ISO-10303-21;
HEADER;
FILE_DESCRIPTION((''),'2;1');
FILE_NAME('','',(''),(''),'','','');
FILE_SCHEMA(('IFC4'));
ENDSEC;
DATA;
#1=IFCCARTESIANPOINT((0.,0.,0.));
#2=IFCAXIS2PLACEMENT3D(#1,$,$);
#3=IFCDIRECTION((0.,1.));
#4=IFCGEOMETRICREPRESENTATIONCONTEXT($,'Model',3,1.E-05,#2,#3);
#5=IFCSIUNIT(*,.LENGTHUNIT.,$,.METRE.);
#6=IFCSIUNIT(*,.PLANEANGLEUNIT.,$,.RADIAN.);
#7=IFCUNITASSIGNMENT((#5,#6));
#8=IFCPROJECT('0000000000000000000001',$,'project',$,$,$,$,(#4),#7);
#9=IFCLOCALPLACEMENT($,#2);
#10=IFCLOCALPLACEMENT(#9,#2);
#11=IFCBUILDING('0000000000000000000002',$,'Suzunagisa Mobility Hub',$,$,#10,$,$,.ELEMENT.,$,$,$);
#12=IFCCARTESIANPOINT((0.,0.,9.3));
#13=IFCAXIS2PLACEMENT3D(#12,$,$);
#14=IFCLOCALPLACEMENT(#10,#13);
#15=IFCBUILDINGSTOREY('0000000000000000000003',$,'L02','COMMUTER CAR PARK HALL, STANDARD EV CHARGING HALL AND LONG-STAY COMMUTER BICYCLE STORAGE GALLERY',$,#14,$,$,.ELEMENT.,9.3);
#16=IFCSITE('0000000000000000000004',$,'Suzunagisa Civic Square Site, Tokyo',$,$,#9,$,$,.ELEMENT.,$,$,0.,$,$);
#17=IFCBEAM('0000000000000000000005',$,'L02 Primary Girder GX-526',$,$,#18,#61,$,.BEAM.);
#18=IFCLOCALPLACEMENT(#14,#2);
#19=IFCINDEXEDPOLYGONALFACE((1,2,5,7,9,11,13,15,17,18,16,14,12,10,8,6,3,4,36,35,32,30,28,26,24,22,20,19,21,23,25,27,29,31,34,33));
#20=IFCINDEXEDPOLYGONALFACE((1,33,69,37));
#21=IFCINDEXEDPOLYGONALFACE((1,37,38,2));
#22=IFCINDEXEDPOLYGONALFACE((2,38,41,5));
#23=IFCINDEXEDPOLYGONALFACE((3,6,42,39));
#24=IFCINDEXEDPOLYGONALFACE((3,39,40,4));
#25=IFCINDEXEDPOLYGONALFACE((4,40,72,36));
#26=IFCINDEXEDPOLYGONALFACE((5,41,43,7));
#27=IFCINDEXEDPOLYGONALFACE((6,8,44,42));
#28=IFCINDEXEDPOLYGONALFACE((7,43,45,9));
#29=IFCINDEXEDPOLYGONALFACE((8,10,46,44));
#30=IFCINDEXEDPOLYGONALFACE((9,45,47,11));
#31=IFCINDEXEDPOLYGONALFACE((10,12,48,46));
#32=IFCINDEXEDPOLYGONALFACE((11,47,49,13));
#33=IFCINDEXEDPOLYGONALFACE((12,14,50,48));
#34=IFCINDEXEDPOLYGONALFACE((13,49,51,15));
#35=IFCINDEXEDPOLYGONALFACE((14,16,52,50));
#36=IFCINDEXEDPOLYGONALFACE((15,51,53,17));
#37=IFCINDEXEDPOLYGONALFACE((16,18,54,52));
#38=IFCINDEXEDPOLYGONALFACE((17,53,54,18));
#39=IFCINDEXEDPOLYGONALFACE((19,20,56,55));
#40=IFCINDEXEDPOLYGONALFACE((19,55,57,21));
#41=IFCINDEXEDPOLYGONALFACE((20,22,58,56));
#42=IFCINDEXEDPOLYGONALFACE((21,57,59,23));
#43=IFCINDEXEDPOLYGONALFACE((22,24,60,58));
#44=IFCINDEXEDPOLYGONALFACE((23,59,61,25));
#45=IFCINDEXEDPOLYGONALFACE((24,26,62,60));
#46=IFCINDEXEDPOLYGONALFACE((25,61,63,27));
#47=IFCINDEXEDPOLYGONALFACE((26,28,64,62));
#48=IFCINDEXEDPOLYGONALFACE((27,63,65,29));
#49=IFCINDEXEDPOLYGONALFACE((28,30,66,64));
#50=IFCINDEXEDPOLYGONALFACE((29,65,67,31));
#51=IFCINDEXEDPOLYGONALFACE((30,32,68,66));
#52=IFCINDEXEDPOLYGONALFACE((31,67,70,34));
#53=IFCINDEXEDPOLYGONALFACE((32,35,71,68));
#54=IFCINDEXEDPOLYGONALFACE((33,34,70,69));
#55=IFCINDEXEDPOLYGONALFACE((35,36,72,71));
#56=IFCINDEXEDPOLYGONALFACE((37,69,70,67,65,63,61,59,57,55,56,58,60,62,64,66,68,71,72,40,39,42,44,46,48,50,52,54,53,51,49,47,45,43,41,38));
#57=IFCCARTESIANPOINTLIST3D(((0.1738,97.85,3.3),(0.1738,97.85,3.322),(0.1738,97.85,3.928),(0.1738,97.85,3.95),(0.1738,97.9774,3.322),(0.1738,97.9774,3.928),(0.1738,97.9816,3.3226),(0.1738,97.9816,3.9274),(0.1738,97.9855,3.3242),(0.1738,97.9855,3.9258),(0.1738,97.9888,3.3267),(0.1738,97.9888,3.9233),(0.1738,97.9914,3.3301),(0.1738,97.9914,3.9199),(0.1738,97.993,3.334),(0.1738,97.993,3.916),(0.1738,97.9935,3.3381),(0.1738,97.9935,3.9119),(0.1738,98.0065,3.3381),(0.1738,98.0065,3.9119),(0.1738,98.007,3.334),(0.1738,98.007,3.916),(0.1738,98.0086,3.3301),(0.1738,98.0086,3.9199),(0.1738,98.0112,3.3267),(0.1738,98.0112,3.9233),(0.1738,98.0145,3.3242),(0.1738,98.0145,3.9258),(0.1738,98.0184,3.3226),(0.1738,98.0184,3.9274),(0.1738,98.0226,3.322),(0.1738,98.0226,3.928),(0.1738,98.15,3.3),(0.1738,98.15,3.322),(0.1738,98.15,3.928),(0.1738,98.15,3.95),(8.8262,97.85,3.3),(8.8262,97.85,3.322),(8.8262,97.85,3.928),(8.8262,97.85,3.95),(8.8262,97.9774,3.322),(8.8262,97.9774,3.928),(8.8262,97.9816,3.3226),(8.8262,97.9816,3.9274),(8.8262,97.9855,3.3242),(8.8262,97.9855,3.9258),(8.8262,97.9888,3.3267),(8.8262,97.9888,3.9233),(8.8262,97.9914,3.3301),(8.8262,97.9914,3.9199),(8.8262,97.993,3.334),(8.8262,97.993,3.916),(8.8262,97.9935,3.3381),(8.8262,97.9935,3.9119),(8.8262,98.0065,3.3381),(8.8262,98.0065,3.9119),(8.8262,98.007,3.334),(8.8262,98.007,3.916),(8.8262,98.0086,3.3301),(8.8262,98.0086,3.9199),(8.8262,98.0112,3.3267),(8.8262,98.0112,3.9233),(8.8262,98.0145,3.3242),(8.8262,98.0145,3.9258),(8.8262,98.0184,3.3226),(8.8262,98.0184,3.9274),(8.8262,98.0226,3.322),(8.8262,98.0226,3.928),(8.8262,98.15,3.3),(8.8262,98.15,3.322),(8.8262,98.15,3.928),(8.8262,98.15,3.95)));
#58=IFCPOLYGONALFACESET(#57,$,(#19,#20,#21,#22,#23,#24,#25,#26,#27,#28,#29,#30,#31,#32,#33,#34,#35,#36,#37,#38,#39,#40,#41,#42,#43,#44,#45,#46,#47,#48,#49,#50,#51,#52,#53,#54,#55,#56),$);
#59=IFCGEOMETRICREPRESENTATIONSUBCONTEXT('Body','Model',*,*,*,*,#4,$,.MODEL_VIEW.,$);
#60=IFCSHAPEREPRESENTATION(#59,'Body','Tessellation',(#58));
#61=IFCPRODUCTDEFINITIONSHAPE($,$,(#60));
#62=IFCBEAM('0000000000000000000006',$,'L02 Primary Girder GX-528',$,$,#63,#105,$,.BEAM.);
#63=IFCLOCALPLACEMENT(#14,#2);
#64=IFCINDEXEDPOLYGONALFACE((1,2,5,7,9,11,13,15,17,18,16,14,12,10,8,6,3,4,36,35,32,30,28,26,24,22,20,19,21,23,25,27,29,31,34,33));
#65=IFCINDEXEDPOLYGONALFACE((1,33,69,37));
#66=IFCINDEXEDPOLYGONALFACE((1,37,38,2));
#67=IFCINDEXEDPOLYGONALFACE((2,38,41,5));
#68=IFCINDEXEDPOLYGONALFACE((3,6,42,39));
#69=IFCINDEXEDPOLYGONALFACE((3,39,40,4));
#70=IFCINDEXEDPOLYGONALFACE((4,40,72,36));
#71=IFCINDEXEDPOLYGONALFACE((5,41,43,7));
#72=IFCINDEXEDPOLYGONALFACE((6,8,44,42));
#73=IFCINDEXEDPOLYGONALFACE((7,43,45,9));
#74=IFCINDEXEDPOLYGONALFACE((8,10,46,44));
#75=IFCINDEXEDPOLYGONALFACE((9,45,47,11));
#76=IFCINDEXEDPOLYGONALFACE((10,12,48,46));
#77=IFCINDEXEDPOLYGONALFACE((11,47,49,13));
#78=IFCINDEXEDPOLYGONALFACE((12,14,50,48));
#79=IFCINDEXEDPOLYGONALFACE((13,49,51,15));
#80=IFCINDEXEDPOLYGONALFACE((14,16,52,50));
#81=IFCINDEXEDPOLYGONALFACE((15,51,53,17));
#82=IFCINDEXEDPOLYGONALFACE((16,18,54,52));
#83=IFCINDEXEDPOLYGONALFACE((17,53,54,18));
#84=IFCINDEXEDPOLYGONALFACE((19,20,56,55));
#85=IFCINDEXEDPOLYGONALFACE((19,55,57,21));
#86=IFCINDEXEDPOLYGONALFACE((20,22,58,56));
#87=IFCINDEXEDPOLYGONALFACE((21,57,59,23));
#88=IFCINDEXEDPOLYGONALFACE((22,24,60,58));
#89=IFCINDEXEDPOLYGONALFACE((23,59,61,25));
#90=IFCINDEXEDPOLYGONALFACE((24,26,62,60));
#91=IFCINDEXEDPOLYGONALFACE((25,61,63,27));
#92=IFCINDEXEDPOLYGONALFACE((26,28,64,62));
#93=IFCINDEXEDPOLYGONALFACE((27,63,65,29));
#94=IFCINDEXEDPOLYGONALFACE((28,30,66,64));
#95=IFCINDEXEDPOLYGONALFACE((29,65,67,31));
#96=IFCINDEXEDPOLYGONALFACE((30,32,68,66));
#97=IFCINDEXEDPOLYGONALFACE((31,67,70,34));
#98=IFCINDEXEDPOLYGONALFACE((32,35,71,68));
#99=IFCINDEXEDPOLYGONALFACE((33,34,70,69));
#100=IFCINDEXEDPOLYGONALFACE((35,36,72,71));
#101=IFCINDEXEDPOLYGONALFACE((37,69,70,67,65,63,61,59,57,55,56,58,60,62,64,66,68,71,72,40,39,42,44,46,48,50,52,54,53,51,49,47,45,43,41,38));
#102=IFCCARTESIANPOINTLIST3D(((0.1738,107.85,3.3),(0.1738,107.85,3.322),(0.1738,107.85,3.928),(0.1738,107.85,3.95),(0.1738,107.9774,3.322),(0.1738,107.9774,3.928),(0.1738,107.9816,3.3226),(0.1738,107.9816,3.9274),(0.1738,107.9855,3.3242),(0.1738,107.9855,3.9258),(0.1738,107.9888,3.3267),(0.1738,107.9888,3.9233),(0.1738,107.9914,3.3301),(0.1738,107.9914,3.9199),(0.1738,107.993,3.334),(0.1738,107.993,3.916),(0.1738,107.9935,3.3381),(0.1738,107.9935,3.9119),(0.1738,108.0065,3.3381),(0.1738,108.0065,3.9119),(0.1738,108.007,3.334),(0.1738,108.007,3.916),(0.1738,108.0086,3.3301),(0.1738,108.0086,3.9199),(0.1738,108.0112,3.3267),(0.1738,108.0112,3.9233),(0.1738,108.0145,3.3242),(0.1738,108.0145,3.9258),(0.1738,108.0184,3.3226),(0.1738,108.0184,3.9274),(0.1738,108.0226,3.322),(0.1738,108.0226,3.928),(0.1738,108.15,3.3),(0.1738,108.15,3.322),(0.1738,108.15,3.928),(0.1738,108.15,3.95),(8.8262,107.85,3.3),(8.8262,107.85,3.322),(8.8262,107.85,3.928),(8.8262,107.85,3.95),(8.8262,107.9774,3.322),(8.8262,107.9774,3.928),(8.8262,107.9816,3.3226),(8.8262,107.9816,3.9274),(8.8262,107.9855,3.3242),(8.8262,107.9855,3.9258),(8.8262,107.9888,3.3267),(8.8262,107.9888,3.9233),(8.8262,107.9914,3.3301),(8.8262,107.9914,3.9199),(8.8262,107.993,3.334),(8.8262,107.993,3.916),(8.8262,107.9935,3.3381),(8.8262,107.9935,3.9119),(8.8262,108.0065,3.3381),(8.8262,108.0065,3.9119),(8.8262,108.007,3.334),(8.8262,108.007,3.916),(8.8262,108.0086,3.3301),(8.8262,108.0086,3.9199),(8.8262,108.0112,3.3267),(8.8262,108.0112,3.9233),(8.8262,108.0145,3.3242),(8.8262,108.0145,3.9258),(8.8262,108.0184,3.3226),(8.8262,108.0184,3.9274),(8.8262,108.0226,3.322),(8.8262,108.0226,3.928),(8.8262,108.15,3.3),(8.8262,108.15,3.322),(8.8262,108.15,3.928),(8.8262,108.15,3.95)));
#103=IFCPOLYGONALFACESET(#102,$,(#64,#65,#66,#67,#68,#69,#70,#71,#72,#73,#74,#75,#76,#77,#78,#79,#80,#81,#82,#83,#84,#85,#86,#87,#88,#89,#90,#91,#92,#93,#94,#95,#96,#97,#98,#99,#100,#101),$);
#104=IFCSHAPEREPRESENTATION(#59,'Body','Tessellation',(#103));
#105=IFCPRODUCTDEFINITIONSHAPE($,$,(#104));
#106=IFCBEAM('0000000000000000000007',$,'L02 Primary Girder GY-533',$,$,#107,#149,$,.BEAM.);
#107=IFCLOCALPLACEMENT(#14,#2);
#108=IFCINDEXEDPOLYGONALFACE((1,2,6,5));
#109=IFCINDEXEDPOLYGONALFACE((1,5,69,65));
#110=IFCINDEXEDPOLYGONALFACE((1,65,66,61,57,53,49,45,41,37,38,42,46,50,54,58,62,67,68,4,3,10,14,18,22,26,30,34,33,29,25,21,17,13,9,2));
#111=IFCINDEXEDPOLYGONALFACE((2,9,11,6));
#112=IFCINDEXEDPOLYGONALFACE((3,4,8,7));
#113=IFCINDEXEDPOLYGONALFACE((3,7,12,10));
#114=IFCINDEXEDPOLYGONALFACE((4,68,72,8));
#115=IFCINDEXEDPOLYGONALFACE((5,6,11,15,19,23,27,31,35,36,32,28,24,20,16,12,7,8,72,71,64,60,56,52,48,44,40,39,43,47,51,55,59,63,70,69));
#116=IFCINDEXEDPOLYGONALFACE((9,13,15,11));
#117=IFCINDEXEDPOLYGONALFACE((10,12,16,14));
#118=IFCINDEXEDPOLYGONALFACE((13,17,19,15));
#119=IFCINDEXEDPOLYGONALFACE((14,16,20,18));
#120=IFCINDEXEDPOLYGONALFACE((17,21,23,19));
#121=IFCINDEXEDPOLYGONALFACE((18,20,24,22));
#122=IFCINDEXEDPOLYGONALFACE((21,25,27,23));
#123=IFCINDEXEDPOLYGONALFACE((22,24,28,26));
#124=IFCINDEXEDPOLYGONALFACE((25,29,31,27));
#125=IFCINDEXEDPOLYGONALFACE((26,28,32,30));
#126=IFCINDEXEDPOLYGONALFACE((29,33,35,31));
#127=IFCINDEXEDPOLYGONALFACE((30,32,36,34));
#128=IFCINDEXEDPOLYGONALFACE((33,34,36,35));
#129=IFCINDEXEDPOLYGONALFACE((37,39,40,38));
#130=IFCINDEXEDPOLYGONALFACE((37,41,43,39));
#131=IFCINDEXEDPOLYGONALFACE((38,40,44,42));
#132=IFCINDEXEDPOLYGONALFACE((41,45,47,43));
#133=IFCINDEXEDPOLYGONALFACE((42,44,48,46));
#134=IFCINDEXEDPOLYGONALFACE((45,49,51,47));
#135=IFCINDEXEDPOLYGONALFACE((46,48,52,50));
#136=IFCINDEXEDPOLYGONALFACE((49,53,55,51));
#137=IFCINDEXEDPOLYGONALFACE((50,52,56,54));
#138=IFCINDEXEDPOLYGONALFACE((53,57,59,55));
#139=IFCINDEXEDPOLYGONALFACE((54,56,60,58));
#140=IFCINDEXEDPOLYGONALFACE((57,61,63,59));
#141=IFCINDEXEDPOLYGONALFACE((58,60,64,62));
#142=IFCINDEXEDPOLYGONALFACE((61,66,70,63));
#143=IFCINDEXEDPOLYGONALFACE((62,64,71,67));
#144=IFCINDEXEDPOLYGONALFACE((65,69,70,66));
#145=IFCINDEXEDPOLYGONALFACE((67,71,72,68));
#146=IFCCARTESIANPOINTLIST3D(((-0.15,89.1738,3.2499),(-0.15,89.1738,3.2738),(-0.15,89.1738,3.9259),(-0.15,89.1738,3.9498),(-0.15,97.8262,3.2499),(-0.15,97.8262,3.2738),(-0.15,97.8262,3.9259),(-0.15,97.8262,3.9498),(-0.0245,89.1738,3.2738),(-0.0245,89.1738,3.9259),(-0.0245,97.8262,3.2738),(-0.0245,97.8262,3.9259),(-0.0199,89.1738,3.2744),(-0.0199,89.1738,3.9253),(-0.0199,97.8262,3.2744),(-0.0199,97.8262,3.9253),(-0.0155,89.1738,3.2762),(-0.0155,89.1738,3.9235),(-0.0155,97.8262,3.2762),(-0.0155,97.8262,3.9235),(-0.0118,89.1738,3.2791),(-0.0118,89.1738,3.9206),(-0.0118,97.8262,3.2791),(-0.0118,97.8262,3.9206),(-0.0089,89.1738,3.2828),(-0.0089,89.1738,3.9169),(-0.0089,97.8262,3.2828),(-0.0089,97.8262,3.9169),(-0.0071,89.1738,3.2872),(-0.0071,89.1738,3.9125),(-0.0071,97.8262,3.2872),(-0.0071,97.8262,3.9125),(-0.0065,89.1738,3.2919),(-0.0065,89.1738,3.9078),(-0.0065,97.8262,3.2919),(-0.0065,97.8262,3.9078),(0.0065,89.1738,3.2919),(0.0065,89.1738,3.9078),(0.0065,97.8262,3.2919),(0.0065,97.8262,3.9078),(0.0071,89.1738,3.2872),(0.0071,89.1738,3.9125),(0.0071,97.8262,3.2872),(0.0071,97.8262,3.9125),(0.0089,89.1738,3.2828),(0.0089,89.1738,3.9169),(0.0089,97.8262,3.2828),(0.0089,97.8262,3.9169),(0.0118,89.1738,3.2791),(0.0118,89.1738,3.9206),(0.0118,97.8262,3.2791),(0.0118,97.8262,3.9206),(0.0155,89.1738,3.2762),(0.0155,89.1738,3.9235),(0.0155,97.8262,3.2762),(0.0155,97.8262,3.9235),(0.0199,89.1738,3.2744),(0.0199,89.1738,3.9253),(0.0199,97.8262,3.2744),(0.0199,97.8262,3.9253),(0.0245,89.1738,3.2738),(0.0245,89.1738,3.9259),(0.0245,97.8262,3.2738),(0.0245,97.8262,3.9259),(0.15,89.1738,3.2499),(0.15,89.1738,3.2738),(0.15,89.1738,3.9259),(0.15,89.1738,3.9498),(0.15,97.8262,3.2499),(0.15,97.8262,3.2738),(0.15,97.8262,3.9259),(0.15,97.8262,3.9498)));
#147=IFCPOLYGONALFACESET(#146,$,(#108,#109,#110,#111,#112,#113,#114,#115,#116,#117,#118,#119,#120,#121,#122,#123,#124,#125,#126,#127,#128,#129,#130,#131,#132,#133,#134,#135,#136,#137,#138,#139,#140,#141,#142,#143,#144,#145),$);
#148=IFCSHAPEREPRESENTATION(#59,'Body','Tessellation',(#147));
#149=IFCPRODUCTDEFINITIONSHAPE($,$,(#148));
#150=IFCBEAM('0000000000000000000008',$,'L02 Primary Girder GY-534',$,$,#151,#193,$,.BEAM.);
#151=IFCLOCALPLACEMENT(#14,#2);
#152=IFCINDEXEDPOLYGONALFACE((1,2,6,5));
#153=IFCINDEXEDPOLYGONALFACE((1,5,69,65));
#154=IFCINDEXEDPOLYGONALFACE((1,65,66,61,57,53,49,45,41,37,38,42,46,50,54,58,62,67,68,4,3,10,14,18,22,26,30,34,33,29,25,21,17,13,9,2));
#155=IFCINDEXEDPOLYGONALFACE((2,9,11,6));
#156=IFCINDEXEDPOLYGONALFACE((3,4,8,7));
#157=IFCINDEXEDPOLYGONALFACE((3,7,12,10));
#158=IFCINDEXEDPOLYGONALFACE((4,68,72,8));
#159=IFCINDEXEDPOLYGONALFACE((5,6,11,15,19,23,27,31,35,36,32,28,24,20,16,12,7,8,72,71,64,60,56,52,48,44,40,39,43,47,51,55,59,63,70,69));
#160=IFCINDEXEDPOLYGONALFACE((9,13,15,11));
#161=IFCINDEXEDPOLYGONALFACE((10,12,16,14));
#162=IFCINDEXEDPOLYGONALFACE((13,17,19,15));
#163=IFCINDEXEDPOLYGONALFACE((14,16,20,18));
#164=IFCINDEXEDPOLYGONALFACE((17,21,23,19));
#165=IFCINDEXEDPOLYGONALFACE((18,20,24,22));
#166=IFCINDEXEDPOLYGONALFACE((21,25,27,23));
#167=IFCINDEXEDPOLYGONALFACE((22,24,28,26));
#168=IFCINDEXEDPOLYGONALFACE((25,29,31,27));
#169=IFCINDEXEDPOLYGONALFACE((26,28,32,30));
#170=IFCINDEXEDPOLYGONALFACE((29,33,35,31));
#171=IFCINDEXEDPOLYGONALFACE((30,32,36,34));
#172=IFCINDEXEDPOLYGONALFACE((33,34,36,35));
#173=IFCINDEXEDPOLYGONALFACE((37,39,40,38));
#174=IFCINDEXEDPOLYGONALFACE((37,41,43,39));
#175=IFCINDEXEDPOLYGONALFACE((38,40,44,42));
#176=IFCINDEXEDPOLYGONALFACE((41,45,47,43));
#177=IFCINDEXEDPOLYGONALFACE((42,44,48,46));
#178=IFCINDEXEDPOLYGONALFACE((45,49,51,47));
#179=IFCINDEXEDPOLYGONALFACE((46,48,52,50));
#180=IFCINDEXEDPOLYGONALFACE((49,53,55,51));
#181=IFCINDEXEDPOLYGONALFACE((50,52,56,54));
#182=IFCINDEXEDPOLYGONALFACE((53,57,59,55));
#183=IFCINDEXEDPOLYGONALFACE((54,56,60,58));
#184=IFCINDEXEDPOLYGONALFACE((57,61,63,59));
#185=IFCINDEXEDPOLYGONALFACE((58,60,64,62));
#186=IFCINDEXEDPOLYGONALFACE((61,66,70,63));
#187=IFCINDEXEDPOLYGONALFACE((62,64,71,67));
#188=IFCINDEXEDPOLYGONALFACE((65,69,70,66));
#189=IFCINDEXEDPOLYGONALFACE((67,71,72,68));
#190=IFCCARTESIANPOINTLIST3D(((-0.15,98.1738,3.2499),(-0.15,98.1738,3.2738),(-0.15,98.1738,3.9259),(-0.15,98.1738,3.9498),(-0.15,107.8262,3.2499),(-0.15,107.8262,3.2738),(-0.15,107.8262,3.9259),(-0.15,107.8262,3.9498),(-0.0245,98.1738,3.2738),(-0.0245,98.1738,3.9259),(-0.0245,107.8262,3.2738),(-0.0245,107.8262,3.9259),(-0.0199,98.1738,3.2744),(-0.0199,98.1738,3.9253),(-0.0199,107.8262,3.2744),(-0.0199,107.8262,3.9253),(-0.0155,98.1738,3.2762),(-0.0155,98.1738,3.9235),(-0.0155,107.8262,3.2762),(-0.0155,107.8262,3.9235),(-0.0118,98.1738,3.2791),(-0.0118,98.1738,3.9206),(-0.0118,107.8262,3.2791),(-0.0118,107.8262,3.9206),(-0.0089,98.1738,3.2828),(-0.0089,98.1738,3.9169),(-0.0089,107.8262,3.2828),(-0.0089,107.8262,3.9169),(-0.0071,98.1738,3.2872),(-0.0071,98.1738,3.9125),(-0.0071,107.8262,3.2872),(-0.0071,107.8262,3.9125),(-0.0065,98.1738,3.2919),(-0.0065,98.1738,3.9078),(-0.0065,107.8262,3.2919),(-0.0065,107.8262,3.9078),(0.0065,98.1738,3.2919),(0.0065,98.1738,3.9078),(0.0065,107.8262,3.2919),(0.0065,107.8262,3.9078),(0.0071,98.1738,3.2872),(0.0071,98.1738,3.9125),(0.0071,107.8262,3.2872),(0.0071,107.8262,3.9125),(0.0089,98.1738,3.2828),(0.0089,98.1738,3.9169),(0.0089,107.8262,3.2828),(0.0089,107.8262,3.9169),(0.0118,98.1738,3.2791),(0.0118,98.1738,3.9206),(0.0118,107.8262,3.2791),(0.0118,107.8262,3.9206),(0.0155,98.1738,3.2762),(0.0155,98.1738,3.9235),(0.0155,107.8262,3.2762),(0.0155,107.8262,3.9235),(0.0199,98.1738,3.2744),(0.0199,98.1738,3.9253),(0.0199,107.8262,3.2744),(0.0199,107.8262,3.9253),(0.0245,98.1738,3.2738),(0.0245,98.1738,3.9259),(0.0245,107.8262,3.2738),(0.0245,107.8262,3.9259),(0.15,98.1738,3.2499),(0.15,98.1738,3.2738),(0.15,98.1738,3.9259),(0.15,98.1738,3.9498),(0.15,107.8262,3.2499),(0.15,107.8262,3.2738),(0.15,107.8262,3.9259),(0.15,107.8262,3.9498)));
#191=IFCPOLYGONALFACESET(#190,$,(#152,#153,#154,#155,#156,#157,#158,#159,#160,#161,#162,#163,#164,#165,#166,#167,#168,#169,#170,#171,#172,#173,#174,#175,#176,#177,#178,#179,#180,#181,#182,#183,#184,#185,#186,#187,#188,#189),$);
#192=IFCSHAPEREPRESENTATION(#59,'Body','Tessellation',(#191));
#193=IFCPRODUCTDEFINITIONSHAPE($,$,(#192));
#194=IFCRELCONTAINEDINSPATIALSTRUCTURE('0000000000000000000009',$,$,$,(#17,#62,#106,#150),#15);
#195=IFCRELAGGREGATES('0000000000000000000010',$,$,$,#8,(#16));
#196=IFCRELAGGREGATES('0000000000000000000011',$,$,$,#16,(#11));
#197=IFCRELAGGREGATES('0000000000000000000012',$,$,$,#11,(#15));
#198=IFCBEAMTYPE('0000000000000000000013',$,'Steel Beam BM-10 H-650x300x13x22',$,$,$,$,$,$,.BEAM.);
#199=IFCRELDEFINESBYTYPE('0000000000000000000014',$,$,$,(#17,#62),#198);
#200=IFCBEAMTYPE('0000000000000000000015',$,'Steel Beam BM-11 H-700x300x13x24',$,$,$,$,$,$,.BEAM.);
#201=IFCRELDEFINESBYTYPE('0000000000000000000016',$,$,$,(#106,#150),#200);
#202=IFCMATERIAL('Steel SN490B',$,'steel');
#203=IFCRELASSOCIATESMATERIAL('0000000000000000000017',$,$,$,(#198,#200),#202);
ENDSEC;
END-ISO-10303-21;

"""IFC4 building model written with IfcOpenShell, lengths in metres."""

from ifc_helpers import new_model, si_unit, direction, frame, origin, origin_2d, place, context, subcontext, project, spatial, i_section, extrude, material, material_profile, profile_set, type_object, element, save


model = new_model("IFC4")

# Units and contexts
model_context = context("Model", 3, precision=1e-05, world=origin(), true_north=direction((0.0, 1.0)))
body_context = subcontext(model_context, "Body", "Model", "MODEL_VIEW")
ifc_project = project(units=[si_unit("LENGTHUNIT", "METRE"), si_unit("PLANEANGLEUNIT", "RADIAN")], contexts=[model_context])

# Site, building, storey
site_placement = place(None, origin())
site = spatial("IfcSite", under=ifc_project, at=site_placement, Name="Suzunagisa Civic Square Site, Tokyo", CompositionType="ELEMENT", RefElevation=0.0)
building_placement = place(site_placement, origin())
building = spatial("IfcBuilding", under=site, at=building_placement, Name="Suzunagisa Mobility Hub", CompositionType="ELEMENT")
storey_placement = place(building_placement, frame((0.0, 0.0, 9.3)))
storey = spatial("IfcBuildingStorey", under=building, at=storey_placement, Name="L02", Description="COMMUTER CAR PARK HALL, STANDARD EV CHARGING HALL AND LONG-STAY COMMUTER BICYCLE STORAGE GALLERY", CompositionType="ELEMENT", Elevation=9.3)

# Shared definitions
ifc_material_1 = material(Name="Steel SN490B", Category="steel")

# Beams
ifc_material_profile_1 = material_profile(ifc_material_1, i_section(OverallWidth=0.3, OverallDepth=0.6499, WebThickness=0.0129, FlangeThickness=0.022, FilletRadius=0.0161, at=origin_2d()), Name="H-650x300x13x22")
ifc_profile_set_1 = profile_set([ifc_material_profile_1], Name="Steel SN490B")
beam_type_1 = type_object("IfcBeamType", Name="Steel Beam BM-10 H-650x300x13x22", PredefinedType="BEAM", material=ifc_profile_set_1)
for number, where, z_axis, x_axis, name in (
    (1, (0.1738, 98.0, 3.625), (1.0, 0.0, 0.0), (0.0, 1.0, 0.0), "L02 Primary Girder GX-526"),
    (2, (0.1738, 108.0, 3.625), (1.0, 0.0, 0.0), (0.0, 1.0, 0.0), "L02 Primary Girder GX-528"),
):
    element("IfcBeam", number, at=place(storey_placement, frame(where, z_axis=z_axis, x_axis=x_axis)), inside=storey, type_object=beam_type_1, Name=name, PredefinedType="BEAM", context=body_context, shape_type="SweptSolid", body=[
        extrude(i_section(OverallWidth=0.3, OverallDepth=0.6499, WebThickness=0.0129, FlangeThickness=0.022, FilletRadius=0.0161, at=origin_2d()), origin(), (0.0, 0.0, 1.0), 8.6523),
    ])
ifc_material_profile_2 = material_profile(ifc_material_1, i_section(OverallWidth=0.3, OverallDepth=0.7, WebThickness=0.0129, FlangeThickness=0.0239, FilletRadius=0.0181, at=origin_2d()), Name="H-700x300x13x24")
ifc_profile_set_2 = profile_set([ifc_material_profile_2], Name="Steel SN490B")
beam_type_2 = type_object("IfcBeamType", Name="Steel Beam BM-11 H-700x300x13x24", PredefinedType="BEAM", material=ifc_profile_set_2)
beam_1_placement = place(storey_placement, frame((0.0, 89.1738, 3.5999), z_axis=(0.0, 1.0, 0.0), x_axis=(-1.0, 0.0, 0.0)))
element("IfcBeam", 3, at=beam_1_placement, inside=storey, type_object=beam_type_2, Name="L02 Primary Girder GY-533", PredefinedType="BEAM", context=body_context, shape_type="SweptSolid", body=[
    extrude(i_section(OverallWidth=0.3, OverallDepth=0.7, WebThickness=0.0129, FlangeThickness=0.0239, FilletRadius=0.0181, at=origin_2d()), origin(), (0.0, 0.0, 1.0), 8.6523),
])
beam_2_placement = place(storey_placement, frame((0.0, 98.1738, 3.5999), z_axis=(0.0, 1.0, 0.0), x_axis=(-1.0, 0.0, 0.0)))
element("IfcBeam", 4, at=beam_2_placement, inside=storey, type_object=beam_type_2, Name="L02 Primary Girder GY-534", PredefinedType="BEAM", context=body_context, shape_type="SweptSolid", body=[
    extrude(i_section(OverallWidth=0.3, OverallDepth=0.7, WebThickness=0.0129, FlangeThickness=0.0239, FilletRadius=0.0181, at=origin_2d()), origin(), (0.0, 0.0, 1.0), 9.6523),
])

save(model, "model.ifc")
